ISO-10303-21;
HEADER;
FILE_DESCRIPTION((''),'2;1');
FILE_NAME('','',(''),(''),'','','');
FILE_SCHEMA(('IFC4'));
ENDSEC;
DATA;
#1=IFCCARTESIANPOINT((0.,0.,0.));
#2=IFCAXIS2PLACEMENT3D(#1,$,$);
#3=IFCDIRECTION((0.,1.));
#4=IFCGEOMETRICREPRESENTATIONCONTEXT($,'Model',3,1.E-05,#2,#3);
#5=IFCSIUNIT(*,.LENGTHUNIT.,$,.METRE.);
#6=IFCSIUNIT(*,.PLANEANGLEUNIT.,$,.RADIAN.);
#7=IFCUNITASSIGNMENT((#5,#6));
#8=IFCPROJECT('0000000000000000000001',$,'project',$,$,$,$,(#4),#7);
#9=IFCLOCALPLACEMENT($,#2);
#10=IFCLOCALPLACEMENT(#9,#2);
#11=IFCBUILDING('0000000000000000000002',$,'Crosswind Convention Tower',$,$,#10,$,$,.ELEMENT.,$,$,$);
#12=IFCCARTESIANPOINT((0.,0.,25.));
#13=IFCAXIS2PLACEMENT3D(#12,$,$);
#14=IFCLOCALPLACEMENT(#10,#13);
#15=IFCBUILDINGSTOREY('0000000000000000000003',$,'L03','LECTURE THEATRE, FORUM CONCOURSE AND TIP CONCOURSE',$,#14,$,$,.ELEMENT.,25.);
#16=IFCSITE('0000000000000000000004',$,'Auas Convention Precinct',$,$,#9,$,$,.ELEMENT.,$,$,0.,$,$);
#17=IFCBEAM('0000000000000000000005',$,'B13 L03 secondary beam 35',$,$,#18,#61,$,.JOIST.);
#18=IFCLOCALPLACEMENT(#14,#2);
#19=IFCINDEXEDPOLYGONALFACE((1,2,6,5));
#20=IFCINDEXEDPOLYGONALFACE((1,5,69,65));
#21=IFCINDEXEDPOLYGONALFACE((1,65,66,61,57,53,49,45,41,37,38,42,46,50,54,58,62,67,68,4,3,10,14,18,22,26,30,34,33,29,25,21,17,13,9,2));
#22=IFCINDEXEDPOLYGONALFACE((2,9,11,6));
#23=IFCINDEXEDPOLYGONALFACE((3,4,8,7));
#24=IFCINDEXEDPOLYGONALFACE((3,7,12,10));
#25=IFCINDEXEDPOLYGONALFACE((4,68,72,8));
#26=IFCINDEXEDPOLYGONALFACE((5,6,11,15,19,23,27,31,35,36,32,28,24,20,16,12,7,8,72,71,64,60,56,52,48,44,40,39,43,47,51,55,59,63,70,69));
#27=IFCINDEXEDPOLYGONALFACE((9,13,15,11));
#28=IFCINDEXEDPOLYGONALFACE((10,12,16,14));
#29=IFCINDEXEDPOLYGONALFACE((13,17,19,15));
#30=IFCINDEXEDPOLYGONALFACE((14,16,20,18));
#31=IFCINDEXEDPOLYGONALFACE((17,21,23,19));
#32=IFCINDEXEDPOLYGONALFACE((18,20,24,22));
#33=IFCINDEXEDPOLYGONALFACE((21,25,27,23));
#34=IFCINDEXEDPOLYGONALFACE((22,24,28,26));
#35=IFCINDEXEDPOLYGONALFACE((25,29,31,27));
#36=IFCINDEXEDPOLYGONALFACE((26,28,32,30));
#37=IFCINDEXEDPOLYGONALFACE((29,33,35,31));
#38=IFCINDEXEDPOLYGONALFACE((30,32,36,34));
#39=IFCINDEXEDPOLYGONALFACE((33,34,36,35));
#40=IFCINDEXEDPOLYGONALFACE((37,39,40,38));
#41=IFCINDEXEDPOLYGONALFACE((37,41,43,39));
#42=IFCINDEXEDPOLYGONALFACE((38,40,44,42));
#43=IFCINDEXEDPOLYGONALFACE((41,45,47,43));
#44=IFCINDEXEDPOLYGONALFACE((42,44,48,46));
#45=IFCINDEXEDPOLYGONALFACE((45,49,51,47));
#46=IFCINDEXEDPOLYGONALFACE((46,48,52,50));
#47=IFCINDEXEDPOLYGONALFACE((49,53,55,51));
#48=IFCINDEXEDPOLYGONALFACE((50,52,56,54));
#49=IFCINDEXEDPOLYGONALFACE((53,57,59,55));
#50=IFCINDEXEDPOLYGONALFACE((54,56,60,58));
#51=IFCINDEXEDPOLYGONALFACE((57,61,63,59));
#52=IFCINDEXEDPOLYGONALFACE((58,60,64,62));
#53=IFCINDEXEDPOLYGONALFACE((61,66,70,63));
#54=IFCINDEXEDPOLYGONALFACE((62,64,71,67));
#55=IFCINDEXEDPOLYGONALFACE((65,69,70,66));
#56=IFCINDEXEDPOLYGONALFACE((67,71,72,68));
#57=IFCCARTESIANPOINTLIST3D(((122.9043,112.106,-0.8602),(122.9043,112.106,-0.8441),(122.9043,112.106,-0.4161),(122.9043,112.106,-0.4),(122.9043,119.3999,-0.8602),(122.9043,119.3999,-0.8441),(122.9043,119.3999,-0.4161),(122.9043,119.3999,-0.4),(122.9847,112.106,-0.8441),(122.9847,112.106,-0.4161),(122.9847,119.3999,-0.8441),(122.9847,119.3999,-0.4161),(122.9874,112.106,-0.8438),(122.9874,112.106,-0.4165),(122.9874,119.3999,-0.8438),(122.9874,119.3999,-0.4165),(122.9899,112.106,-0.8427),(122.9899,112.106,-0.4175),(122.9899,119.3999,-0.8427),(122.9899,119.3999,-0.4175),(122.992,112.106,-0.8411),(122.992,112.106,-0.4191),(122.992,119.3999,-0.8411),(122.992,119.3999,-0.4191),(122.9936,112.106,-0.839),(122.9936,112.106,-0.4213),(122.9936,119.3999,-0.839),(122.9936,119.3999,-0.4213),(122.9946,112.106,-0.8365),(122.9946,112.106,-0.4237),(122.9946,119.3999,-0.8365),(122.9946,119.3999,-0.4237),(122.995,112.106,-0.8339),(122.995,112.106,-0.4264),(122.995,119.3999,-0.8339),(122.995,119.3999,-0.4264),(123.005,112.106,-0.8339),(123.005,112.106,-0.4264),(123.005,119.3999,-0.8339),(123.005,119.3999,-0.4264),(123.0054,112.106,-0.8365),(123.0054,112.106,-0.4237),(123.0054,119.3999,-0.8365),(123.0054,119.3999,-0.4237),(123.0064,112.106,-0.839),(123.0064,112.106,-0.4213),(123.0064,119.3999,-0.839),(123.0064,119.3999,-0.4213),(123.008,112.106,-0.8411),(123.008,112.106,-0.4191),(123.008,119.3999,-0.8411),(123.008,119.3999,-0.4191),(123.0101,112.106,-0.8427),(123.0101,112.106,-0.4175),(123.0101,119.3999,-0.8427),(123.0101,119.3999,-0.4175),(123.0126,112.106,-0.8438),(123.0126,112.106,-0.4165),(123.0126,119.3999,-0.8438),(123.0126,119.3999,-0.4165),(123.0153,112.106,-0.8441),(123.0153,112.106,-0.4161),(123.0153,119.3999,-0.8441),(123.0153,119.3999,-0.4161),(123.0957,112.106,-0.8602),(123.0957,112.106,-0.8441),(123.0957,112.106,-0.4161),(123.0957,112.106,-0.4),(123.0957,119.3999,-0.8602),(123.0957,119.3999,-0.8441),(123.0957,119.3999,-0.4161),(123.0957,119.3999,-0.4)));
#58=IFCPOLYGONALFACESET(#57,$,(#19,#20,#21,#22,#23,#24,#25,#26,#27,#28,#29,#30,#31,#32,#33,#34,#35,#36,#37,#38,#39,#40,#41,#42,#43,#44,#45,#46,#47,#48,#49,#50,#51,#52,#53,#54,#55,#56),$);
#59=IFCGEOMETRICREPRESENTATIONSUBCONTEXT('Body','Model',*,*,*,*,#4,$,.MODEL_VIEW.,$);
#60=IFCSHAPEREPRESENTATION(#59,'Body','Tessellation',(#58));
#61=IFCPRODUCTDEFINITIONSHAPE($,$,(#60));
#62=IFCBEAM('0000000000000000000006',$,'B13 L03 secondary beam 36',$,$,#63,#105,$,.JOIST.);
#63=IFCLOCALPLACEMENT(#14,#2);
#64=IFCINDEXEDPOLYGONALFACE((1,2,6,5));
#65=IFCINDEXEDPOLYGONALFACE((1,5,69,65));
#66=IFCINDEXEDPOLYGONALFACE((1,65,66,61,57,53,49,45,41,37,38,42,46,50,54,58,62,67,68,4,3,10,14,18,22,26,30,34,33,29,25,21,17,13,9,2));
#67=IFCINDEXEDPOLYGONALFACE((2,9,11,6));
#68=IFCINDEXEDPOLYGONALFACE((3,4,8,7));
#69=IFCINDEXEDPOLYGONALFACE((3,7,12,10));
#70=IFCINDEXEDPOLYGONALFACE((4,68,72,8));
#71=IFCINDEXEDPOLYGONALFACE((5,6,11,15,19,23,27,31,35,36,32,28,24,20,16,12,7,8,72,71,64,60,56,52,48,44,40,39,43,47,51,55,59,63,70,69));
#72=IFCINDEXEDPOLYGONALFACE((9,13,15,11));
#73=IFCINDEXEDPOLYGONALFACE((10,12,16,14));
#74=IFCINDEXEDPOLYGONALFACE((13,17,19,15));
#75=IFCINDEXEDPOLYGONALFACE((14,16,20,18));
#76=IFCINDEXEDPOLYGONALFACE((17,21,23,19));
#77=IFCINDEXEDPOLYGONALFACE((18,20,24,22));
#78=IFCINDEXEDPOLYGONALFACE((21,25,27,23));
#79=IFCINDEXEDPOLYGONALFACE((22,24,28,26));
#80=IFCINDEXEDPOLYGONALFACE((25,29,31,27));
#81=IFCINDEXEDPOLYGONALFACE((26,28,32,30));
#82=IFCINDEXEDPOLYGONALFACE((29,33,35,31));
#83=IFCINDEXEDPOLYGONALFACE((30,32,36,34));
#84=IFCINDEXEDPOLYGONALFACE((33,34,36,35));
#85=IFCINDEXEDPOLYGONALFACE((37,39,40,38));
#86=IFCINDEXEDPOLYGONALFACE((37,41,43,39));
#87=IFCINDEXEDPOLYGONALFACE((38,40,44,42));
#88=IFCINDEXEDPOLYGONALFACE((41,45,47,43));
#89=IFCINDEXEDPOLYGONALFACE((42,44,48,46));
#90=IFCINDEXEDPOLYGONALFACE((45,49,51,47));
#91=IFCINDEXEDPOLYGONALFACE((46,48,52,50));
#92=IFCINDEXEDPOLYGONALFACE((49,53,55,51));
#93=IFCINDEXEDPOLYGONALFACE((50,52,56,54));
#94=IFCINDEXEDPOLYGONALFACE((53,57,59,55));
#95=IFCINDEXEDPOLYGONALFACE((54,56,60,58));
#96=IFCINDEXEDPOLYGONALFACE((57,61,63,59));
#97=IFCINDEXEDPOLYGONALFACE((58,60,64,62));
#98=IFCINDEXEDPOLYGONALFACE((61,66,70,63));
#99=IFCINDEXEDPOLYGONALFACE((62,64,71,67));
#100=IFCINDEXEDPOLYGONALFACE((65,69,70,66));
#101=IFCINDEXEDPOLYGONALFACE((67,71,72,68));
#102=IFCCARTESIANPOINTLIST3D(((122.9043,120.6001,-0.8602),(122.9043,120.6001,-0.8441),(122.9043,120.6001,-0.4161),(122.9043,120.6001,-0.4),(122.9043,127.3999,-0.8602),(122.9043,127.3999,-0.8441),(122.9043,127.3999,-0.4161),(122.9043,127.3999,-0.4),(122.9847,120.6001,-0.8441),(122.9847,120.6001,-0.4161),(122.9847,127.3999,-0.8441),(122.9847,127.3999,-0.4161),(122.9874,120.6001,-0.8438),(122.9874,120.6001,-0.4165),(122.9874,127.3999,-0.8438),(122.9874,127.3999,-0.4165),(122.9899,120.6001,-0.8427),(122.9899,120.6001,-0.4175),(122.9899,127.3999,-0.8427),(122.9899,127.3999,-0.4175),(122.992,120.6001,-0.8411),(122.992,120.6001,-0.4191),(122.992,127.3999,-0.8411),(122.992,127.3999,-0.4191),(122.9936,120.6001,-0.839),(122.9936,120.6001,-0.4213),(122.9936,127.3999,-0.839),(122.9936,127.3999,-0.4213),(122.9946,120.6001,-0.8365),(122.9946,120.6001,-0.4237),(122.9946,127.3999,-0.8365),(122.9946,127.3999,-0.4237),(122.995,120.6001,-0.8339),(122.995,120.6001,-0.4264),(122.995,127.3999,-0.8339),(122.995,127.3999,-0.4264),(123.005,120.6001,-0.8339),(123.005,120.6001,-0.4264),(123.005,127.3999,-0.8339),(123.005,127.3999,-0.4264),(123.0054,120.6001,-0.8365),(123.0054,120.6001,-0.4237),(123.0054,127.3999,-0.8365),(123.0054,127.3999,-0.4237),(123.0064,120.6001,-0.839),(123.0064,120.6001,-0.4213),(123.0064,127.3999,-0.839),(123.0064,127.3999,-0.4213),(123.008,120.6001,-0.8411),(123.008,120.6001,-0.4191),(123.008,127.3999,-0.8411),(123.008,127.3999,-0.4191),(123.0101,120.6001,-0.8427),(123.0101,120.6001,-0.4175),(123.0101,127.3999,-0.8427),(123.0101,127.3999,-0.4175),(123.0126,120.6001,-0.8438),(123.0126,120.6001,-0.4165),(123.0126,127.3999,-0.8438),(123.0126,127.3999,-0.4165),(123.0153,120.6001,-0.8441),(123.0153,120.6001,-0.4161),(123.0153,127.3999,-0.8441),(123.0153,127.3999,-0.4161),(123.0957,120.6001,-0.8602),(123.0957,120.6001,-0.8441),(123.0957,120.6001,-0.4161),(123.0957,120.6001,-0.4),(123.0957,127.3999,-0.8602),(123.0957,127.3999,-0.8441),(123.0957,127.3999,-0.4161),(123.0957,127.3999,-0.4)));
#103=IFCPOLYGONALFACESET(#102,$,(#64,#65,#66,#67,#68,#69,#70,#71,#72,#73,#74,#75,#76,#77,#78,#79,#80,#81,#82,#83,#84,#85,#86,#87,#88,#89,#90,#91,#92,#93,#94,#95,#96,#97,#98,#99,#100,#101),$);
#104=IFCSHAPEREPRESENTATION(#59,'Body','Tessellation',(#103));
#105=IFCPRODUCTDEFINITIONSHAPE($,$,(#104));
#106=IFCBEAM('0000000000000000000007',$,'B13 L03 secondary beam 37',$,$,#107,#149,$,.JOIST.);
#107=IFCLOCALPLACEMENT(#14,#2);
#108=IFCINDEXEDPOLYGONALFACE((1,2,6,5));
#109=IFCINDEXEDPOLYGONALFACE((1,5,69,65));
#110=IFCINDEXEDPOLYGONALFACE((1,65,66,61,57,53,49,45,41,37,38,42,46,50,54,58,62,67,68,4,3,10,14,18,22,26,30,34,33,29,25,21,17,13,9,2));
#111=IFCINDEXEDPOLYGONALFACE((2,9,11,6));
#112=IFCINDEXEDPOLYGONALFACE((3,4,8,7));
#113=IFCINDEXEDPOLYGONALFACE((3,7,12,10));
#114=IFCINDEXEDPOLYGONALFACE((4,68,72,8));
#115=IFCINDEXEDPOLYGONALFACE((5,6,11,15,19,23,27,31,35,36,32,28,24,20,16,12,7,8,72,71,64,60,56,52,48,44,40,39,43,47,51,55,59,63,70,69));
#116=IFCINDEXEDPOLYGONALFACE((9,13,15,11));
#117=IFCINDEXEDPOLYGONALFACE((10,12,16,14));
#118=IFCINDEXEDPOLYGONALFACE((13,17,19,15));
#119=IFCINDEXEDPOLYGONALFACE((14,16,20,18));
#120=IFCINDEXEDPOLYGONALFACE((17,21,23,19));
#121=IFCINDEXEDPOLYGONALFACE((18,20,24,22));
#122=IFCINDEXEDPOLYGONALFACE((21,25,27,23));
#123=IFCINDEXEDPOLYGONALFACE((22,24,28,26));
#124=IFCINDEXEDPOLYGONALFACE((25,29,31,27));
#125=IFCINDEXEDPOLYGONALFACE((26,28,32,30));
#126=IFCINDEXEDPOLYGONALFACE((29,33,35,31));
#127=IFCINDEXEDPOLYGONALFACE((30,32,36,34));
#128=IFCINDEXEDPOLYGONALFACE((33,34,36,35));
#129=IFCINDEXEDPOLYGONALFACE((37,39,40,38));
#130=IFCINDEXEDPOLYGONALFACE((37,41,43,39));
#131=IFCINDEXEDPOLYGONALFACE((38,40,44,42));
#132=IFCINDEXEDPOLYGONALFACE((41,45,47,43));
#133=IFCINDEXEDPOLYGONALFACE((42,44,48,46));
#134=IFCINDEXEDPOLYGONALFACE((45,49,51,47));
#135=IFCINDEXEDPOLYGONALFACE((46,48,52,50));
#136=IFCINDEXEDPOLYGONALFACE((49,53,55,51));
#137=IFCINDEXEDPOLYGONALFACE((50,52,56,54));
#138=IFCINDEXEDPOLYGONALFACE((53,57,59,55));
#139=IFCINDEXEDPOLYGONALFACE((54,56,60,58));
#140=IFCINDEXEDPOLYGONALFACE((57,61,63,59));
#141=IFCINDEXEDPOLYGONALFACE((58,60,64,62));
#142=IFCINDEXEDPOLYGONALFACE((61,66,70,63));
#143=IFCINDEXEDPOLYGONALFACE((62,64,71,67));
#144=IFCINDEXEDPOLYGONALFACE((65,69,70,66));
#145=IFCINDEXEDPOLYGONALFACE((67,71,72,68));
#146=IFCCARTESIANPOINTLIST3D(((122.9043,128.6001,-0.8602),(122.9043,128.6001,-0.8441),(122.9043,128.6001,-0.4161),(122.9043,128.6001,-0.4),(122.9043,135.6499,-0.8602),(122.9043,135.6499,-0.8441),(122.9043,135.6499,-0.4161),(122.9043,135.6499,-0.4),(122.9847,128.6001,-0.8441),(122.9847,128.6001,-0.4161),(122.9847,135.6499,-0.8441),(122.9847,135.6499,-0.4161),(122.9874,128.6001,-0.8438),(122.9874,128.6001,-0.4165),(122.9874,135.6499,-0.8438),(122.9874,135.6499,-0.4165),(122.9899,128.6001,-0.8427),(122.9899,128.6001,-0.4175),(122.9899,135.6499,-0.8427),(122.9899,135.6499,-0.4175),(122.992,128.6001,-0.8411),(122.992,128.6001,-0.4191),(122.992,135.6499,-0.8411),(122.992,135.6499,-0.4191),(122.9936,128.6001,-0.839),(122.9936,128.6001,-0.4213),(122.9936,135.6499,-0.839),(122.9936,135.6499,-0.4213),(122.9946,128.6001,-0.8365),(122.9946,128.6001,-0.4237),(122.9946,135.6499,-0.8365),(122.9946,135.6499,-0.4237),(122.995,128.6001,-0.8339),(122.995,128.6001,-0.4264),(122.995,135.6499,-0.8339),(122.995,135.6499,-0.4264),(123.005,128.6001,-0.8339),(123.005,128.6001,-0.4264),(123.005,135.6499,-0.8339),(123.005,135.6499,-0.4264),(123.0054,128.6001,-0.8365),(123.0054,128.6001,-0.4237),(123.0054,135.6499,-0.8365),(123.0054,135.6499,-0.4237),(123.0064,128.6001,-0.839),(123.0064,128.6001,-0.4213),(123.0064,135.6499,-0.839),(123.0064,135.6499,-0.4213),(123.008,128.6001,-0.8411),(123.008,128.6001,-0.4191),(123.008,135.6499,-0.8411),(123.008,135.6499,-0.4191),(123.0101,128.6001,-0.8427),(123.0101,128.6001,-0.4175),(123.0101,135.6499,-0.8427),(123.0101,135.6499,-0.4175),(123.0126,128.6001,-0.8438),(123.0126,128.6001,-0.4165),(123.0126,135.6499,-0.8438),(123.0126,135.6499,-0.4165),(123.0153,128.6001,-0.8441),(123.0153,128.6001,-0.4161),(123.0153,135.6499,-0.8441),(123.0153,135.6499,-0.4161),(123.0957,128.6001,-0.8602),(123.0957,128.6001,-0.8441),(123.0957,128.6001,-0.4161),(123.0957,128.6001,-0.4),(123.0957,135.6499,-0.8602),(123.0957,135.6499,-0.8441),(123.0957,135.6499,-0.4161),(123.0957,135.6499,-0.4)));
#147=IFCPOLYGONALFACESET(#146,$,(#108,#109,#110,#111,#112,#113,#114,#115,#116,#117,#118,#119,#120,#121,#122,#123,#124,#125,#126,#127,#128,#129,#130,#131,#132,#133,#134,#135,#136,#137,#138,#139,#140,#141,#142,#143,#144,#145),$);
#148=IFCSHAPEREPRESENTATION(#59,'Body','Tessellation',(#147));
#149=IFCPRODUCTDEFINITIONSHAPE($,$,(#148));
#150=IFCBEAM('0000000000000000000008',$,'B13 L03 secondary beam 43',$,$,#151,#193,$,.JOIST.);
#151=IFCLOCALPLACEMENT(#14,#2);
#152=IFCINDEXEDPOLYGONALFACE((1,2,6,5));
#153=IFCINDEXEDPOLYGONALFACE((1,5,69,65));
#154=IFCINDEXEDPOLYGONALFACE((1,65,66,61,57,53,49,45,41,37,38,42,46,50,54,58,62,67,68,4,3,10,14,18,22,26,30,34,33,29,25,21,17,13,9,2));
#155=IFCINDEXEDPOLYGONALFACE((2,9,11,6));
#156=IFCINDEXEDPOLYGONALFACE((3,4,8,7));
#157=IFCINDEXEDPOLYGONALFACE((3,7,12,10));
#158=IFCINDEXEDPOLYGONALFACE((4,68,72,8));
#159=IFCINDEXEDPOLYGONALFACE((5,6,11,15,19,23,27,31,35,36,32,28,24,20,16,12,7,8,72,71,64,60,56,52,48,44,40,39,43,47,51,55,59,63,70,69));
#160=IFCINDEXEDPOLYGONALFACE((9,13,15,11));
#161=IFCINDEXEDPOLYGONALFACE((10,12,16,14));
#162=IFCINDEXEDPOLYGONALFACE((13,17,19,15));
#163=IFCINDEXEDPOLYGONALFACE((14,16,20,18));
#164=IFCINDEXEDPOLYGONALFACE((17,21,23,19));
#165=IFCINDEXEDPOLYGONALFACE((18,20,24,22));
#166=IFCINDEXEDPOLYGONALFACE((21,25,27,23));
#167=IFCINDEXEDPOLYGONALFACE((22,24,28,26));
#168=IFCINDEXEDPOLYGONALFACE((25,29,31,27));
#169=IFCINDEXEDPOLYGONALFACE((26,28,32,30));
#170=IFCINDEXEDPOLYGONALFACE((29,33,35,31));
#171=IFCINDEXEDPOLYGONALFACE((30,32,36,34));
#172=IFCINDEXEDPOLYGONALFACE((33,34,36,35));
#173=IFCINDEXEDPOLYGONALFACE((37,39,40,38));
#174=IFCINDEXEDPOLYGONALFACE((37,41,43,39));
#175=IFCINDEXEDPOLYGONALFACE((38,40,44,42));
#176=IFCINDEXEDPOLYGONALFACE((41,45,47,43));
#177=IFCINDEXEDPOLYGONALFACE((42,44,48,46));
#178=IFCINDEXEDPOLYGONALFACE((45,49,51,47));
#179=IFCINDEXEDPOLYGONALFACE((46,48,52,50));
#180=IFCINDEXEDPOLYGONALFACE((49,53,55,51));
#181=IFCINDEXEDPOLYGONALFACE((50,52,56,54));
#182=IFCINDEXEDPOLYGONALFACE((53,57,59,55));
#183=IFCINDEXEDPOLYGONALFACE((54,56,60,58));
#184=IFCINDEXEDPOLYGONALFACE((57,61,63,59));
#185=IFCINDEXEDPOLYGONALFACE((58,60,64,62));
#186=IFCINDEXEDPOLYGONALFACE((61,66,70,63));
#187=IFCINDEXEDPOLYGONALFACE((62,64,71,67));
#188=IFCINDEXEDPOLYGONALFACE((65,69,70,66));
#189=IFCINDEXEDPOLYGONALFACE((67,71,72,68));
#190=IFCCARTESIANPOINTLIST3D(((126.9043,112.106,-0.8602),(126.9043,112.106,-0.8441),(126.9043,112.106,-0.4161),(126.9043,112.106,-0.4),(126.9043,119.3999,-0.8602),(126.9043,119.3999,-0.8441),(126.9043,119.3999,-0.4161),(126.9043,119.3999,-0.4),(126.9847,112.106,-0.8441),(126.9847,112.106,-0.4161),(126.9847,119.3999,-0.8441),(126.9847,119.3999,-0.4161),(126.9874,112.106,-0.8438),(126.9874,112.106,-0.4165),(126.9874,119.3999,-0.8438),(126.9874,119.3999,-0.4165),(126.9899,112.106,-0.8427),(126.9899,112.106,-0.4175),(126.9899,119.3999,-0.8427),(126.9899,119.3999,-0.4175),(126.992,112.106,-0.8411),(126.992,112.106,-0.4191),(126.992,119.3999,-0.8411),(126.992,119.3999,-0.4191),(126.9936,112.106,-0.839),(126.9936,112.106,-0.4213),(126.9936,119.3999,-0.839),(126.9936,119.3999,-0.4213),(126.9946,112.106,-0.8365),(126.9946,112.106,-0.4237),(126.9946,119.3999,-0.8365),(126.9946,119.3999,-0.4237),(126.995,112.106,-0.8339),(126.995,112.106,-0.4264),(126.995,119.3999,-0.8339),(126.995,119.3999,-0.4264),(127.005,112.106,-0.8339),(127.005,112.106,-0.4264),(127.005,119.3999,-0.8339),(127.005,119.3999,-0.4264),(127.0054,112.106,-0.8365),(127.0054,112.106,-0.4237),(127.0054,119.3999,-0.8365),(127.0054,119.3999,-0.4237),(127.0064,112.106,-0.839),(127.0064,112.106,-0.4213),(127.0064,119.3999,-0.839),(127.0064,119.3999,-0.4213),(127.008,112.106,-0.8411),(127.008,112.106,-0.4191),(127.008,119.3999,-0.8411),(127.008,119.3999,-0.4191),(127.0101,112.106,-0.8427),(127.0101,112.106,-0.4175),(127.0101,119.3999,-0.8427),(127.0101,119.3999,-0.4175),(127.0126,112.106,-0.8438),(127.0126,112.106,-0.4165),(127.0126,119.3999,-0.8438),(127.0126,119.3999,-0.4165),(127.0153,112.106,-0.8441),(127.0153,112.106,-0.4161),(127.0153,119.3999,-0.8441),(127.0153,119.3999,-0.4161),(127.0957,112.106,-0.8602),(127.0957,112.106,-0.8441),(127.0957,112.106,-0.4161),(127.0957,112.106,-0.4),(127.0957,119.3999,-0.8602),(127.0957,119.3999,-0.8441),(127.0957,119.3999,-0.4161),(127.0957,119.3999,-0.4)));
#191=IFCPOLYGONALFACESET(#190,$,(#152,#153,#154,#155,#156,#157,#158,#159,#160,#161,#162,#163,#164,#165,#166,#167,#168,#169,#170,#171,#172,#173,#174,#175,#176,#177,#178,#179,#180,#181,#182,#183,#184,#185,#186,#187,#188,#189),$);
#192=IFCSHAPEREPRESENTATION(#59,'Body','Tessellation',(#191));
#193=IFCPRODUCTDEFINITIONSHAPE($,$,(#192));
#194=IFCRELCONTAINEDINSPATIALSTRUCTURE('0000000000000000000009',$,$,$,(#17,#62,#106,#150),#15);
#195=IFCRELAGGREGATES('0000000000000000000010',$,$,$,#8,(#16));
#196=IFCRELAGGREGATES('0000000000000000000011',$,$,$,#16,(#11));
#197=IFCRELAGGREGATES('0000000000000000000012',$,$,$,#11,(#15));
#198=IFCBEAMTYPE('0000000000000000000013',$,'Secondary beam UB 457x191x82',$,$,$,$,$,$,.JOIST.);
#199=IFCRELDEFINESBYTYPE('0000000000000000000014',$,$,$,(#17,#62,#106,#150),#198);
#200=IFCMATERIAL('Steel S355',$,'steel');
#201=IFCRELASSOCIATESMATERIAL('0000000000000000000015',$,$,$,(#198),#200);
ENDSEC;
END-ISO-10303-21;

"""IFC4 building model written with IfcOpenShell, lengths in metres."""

from ifc_helpers import new_model, si_unit, direction, frame, origin, origin_2d, place, context, subcontext, project, spatial, i_section, extrude, material, material_profile, profile_set, type_object, element, save


model = new_model("IFC4")

# Units and contexts
model_context = context("Model", 3, precision=1e-05, world=origin(), true_north=direction((0.0, 1.0)))
body_context = subcontext(model_context, "Body", "Model", "MODEL_VIEW")
ifc_project = project(units=[si_unit("LENGTHUNIT", "METRE"), si_unit("PLANEANGLEUNIT", "RADIAN")], contexts=[model_context])

# Site, building, storey
site_placement = place(None, origin())
site = spatial("IfcSite", under=ifc_project, at=site_placement, Name="Auas Convention Precinct", CompositionType="ELEMENT", RefElevation=0.0)
building_placement = place(site_placement, origin())
building = spatial("IfcBuilding", under=site, at=building_placement, Name="Crosswind Convention Tower", CompositionType="ELEMENT")
storey_placement = place(building_placement, frame((0.0, 0.0, 25.0)))
storey = spatial("IfcBuildingStorey", under=building, at=storey_placement, Name="L03", Description="LECTURE THEATRE, FORUM CONCOURSE AND TIP CONCOURSE", CompositionType="ELEMENT", Elevation=25.0)

# Shared definitions
ifc_material_1 = material(Name="Steel S355", Category="steel")

# Beams
ifc_material_profile_1 = material_profile(ifc_material_1, i_section(OverallWidth=0.1914, OverallDepth=0.4602, WebThickness=0.01, FlangeThickness=0.0161, FilletRadius=0.0103, at=origin_2d()), Name="UB 457x191x82")
ifc_profile_set_1 = profile_set([ifc_material_profile_1], Name="Steel S355")
beam_type_1 = type_object("IfcBeamType", Name="Secondary beam UB 457x191x82", PredefinedType="JOIST", material=ifc_profile_set_1)
beam_1_placement = place(storey_placement, frame((123.0, 112.106, -0.6301), z_axis=(0.0, 1.0, 0.0), x_axis=(-1.0, 0.0, 0.0)))
element("IfcBeam", 1, at=beam_1_placement, inside=storey, type_object=beam_type_1, Name="B13 L03 secondary beam 35", PredefinedType="JOIST", context=body_context, shape_type="SweptSolid", body=[
    extrude(i_section(OverallWidth=0.1914, OverallDepth=0.4602, WebThickness=0.01, FlangeThickness=0.0161, FilletRadius=0.0103, at=origin_2d()), origin(), (0.0, 0.0, 1.0), 7.2939),
])
beam_2_placement = place(storey_placement, frame((123.0, 120.6001, -0.6301), z_axis=(0.0, 1.0, 0.0), x_axis=(-1.0, 0.0, 0.0)))
element("IfcBeam", 2, at=beam_2_placement, inside=storey, type_object=beam_type_1, Name="B13 L03 secondary beam 36", PredefinedType="JOIST", context=body_context, shape_type="SweptSolid", body=[
    extrude(i_section(OverallWidth=0.1914, OverallDepth=0.4602, WebThickness=0.01, FlangeThickness=0.0161, FilletRadius=0.0103, at=origin_2d()), origin(), (0.0, 0.0, 1.0), 6.7998),
])
beam_3_placement = place(storey_placement, frame((123.0, 128.6001, -0.6301), z_axis=(0.0, 1.0, 0.0), x_axis=(-1.0, 0.0, 0.0)))
element("IfcBeam", 3, at=beam_3_placement, inside=storey, type_object=beam_type_1, Name="B13 L03 secondary beam 37", PredefinedType="JOIST", context=body_context, shape_type="SweptSolid", body=[
    extrude(i_section(OverallWidth=0.1914, OverallDepth=0.4602, WebThickness=0.01, FlangeThickness=0.0161, FilletRadius=0.0103, at=origin_2d()), origin(), (0.0, 0.0, 1.0), 7.0498),
])
beam_4_placement = place(storey_placement, frame((127.0, 112.106, -0.6301), z_axis=(0.0, 1.0, 0.0), x_axis=(-1.0, 0.0, 0.0)))
element("IfcBeam", 4, at=beam_4_placement, inside=storey, type_object=beam_type_1, Name="B13 L03 secondary beam 43", PredefinedType="JOIST", context=body_context, shape_type="SweptSolid", body=[
    extrude(i_section(OverallWidth=0.1914, OverallDepth=0.4602, WebThickness=0.01, FlangeThickness=0.0161, FilletRadius=0.0103, at=origin_2d()), origin(), (0.0, 0.0, 1.0), 7.2939),
])

save(model, "model.ifc")
